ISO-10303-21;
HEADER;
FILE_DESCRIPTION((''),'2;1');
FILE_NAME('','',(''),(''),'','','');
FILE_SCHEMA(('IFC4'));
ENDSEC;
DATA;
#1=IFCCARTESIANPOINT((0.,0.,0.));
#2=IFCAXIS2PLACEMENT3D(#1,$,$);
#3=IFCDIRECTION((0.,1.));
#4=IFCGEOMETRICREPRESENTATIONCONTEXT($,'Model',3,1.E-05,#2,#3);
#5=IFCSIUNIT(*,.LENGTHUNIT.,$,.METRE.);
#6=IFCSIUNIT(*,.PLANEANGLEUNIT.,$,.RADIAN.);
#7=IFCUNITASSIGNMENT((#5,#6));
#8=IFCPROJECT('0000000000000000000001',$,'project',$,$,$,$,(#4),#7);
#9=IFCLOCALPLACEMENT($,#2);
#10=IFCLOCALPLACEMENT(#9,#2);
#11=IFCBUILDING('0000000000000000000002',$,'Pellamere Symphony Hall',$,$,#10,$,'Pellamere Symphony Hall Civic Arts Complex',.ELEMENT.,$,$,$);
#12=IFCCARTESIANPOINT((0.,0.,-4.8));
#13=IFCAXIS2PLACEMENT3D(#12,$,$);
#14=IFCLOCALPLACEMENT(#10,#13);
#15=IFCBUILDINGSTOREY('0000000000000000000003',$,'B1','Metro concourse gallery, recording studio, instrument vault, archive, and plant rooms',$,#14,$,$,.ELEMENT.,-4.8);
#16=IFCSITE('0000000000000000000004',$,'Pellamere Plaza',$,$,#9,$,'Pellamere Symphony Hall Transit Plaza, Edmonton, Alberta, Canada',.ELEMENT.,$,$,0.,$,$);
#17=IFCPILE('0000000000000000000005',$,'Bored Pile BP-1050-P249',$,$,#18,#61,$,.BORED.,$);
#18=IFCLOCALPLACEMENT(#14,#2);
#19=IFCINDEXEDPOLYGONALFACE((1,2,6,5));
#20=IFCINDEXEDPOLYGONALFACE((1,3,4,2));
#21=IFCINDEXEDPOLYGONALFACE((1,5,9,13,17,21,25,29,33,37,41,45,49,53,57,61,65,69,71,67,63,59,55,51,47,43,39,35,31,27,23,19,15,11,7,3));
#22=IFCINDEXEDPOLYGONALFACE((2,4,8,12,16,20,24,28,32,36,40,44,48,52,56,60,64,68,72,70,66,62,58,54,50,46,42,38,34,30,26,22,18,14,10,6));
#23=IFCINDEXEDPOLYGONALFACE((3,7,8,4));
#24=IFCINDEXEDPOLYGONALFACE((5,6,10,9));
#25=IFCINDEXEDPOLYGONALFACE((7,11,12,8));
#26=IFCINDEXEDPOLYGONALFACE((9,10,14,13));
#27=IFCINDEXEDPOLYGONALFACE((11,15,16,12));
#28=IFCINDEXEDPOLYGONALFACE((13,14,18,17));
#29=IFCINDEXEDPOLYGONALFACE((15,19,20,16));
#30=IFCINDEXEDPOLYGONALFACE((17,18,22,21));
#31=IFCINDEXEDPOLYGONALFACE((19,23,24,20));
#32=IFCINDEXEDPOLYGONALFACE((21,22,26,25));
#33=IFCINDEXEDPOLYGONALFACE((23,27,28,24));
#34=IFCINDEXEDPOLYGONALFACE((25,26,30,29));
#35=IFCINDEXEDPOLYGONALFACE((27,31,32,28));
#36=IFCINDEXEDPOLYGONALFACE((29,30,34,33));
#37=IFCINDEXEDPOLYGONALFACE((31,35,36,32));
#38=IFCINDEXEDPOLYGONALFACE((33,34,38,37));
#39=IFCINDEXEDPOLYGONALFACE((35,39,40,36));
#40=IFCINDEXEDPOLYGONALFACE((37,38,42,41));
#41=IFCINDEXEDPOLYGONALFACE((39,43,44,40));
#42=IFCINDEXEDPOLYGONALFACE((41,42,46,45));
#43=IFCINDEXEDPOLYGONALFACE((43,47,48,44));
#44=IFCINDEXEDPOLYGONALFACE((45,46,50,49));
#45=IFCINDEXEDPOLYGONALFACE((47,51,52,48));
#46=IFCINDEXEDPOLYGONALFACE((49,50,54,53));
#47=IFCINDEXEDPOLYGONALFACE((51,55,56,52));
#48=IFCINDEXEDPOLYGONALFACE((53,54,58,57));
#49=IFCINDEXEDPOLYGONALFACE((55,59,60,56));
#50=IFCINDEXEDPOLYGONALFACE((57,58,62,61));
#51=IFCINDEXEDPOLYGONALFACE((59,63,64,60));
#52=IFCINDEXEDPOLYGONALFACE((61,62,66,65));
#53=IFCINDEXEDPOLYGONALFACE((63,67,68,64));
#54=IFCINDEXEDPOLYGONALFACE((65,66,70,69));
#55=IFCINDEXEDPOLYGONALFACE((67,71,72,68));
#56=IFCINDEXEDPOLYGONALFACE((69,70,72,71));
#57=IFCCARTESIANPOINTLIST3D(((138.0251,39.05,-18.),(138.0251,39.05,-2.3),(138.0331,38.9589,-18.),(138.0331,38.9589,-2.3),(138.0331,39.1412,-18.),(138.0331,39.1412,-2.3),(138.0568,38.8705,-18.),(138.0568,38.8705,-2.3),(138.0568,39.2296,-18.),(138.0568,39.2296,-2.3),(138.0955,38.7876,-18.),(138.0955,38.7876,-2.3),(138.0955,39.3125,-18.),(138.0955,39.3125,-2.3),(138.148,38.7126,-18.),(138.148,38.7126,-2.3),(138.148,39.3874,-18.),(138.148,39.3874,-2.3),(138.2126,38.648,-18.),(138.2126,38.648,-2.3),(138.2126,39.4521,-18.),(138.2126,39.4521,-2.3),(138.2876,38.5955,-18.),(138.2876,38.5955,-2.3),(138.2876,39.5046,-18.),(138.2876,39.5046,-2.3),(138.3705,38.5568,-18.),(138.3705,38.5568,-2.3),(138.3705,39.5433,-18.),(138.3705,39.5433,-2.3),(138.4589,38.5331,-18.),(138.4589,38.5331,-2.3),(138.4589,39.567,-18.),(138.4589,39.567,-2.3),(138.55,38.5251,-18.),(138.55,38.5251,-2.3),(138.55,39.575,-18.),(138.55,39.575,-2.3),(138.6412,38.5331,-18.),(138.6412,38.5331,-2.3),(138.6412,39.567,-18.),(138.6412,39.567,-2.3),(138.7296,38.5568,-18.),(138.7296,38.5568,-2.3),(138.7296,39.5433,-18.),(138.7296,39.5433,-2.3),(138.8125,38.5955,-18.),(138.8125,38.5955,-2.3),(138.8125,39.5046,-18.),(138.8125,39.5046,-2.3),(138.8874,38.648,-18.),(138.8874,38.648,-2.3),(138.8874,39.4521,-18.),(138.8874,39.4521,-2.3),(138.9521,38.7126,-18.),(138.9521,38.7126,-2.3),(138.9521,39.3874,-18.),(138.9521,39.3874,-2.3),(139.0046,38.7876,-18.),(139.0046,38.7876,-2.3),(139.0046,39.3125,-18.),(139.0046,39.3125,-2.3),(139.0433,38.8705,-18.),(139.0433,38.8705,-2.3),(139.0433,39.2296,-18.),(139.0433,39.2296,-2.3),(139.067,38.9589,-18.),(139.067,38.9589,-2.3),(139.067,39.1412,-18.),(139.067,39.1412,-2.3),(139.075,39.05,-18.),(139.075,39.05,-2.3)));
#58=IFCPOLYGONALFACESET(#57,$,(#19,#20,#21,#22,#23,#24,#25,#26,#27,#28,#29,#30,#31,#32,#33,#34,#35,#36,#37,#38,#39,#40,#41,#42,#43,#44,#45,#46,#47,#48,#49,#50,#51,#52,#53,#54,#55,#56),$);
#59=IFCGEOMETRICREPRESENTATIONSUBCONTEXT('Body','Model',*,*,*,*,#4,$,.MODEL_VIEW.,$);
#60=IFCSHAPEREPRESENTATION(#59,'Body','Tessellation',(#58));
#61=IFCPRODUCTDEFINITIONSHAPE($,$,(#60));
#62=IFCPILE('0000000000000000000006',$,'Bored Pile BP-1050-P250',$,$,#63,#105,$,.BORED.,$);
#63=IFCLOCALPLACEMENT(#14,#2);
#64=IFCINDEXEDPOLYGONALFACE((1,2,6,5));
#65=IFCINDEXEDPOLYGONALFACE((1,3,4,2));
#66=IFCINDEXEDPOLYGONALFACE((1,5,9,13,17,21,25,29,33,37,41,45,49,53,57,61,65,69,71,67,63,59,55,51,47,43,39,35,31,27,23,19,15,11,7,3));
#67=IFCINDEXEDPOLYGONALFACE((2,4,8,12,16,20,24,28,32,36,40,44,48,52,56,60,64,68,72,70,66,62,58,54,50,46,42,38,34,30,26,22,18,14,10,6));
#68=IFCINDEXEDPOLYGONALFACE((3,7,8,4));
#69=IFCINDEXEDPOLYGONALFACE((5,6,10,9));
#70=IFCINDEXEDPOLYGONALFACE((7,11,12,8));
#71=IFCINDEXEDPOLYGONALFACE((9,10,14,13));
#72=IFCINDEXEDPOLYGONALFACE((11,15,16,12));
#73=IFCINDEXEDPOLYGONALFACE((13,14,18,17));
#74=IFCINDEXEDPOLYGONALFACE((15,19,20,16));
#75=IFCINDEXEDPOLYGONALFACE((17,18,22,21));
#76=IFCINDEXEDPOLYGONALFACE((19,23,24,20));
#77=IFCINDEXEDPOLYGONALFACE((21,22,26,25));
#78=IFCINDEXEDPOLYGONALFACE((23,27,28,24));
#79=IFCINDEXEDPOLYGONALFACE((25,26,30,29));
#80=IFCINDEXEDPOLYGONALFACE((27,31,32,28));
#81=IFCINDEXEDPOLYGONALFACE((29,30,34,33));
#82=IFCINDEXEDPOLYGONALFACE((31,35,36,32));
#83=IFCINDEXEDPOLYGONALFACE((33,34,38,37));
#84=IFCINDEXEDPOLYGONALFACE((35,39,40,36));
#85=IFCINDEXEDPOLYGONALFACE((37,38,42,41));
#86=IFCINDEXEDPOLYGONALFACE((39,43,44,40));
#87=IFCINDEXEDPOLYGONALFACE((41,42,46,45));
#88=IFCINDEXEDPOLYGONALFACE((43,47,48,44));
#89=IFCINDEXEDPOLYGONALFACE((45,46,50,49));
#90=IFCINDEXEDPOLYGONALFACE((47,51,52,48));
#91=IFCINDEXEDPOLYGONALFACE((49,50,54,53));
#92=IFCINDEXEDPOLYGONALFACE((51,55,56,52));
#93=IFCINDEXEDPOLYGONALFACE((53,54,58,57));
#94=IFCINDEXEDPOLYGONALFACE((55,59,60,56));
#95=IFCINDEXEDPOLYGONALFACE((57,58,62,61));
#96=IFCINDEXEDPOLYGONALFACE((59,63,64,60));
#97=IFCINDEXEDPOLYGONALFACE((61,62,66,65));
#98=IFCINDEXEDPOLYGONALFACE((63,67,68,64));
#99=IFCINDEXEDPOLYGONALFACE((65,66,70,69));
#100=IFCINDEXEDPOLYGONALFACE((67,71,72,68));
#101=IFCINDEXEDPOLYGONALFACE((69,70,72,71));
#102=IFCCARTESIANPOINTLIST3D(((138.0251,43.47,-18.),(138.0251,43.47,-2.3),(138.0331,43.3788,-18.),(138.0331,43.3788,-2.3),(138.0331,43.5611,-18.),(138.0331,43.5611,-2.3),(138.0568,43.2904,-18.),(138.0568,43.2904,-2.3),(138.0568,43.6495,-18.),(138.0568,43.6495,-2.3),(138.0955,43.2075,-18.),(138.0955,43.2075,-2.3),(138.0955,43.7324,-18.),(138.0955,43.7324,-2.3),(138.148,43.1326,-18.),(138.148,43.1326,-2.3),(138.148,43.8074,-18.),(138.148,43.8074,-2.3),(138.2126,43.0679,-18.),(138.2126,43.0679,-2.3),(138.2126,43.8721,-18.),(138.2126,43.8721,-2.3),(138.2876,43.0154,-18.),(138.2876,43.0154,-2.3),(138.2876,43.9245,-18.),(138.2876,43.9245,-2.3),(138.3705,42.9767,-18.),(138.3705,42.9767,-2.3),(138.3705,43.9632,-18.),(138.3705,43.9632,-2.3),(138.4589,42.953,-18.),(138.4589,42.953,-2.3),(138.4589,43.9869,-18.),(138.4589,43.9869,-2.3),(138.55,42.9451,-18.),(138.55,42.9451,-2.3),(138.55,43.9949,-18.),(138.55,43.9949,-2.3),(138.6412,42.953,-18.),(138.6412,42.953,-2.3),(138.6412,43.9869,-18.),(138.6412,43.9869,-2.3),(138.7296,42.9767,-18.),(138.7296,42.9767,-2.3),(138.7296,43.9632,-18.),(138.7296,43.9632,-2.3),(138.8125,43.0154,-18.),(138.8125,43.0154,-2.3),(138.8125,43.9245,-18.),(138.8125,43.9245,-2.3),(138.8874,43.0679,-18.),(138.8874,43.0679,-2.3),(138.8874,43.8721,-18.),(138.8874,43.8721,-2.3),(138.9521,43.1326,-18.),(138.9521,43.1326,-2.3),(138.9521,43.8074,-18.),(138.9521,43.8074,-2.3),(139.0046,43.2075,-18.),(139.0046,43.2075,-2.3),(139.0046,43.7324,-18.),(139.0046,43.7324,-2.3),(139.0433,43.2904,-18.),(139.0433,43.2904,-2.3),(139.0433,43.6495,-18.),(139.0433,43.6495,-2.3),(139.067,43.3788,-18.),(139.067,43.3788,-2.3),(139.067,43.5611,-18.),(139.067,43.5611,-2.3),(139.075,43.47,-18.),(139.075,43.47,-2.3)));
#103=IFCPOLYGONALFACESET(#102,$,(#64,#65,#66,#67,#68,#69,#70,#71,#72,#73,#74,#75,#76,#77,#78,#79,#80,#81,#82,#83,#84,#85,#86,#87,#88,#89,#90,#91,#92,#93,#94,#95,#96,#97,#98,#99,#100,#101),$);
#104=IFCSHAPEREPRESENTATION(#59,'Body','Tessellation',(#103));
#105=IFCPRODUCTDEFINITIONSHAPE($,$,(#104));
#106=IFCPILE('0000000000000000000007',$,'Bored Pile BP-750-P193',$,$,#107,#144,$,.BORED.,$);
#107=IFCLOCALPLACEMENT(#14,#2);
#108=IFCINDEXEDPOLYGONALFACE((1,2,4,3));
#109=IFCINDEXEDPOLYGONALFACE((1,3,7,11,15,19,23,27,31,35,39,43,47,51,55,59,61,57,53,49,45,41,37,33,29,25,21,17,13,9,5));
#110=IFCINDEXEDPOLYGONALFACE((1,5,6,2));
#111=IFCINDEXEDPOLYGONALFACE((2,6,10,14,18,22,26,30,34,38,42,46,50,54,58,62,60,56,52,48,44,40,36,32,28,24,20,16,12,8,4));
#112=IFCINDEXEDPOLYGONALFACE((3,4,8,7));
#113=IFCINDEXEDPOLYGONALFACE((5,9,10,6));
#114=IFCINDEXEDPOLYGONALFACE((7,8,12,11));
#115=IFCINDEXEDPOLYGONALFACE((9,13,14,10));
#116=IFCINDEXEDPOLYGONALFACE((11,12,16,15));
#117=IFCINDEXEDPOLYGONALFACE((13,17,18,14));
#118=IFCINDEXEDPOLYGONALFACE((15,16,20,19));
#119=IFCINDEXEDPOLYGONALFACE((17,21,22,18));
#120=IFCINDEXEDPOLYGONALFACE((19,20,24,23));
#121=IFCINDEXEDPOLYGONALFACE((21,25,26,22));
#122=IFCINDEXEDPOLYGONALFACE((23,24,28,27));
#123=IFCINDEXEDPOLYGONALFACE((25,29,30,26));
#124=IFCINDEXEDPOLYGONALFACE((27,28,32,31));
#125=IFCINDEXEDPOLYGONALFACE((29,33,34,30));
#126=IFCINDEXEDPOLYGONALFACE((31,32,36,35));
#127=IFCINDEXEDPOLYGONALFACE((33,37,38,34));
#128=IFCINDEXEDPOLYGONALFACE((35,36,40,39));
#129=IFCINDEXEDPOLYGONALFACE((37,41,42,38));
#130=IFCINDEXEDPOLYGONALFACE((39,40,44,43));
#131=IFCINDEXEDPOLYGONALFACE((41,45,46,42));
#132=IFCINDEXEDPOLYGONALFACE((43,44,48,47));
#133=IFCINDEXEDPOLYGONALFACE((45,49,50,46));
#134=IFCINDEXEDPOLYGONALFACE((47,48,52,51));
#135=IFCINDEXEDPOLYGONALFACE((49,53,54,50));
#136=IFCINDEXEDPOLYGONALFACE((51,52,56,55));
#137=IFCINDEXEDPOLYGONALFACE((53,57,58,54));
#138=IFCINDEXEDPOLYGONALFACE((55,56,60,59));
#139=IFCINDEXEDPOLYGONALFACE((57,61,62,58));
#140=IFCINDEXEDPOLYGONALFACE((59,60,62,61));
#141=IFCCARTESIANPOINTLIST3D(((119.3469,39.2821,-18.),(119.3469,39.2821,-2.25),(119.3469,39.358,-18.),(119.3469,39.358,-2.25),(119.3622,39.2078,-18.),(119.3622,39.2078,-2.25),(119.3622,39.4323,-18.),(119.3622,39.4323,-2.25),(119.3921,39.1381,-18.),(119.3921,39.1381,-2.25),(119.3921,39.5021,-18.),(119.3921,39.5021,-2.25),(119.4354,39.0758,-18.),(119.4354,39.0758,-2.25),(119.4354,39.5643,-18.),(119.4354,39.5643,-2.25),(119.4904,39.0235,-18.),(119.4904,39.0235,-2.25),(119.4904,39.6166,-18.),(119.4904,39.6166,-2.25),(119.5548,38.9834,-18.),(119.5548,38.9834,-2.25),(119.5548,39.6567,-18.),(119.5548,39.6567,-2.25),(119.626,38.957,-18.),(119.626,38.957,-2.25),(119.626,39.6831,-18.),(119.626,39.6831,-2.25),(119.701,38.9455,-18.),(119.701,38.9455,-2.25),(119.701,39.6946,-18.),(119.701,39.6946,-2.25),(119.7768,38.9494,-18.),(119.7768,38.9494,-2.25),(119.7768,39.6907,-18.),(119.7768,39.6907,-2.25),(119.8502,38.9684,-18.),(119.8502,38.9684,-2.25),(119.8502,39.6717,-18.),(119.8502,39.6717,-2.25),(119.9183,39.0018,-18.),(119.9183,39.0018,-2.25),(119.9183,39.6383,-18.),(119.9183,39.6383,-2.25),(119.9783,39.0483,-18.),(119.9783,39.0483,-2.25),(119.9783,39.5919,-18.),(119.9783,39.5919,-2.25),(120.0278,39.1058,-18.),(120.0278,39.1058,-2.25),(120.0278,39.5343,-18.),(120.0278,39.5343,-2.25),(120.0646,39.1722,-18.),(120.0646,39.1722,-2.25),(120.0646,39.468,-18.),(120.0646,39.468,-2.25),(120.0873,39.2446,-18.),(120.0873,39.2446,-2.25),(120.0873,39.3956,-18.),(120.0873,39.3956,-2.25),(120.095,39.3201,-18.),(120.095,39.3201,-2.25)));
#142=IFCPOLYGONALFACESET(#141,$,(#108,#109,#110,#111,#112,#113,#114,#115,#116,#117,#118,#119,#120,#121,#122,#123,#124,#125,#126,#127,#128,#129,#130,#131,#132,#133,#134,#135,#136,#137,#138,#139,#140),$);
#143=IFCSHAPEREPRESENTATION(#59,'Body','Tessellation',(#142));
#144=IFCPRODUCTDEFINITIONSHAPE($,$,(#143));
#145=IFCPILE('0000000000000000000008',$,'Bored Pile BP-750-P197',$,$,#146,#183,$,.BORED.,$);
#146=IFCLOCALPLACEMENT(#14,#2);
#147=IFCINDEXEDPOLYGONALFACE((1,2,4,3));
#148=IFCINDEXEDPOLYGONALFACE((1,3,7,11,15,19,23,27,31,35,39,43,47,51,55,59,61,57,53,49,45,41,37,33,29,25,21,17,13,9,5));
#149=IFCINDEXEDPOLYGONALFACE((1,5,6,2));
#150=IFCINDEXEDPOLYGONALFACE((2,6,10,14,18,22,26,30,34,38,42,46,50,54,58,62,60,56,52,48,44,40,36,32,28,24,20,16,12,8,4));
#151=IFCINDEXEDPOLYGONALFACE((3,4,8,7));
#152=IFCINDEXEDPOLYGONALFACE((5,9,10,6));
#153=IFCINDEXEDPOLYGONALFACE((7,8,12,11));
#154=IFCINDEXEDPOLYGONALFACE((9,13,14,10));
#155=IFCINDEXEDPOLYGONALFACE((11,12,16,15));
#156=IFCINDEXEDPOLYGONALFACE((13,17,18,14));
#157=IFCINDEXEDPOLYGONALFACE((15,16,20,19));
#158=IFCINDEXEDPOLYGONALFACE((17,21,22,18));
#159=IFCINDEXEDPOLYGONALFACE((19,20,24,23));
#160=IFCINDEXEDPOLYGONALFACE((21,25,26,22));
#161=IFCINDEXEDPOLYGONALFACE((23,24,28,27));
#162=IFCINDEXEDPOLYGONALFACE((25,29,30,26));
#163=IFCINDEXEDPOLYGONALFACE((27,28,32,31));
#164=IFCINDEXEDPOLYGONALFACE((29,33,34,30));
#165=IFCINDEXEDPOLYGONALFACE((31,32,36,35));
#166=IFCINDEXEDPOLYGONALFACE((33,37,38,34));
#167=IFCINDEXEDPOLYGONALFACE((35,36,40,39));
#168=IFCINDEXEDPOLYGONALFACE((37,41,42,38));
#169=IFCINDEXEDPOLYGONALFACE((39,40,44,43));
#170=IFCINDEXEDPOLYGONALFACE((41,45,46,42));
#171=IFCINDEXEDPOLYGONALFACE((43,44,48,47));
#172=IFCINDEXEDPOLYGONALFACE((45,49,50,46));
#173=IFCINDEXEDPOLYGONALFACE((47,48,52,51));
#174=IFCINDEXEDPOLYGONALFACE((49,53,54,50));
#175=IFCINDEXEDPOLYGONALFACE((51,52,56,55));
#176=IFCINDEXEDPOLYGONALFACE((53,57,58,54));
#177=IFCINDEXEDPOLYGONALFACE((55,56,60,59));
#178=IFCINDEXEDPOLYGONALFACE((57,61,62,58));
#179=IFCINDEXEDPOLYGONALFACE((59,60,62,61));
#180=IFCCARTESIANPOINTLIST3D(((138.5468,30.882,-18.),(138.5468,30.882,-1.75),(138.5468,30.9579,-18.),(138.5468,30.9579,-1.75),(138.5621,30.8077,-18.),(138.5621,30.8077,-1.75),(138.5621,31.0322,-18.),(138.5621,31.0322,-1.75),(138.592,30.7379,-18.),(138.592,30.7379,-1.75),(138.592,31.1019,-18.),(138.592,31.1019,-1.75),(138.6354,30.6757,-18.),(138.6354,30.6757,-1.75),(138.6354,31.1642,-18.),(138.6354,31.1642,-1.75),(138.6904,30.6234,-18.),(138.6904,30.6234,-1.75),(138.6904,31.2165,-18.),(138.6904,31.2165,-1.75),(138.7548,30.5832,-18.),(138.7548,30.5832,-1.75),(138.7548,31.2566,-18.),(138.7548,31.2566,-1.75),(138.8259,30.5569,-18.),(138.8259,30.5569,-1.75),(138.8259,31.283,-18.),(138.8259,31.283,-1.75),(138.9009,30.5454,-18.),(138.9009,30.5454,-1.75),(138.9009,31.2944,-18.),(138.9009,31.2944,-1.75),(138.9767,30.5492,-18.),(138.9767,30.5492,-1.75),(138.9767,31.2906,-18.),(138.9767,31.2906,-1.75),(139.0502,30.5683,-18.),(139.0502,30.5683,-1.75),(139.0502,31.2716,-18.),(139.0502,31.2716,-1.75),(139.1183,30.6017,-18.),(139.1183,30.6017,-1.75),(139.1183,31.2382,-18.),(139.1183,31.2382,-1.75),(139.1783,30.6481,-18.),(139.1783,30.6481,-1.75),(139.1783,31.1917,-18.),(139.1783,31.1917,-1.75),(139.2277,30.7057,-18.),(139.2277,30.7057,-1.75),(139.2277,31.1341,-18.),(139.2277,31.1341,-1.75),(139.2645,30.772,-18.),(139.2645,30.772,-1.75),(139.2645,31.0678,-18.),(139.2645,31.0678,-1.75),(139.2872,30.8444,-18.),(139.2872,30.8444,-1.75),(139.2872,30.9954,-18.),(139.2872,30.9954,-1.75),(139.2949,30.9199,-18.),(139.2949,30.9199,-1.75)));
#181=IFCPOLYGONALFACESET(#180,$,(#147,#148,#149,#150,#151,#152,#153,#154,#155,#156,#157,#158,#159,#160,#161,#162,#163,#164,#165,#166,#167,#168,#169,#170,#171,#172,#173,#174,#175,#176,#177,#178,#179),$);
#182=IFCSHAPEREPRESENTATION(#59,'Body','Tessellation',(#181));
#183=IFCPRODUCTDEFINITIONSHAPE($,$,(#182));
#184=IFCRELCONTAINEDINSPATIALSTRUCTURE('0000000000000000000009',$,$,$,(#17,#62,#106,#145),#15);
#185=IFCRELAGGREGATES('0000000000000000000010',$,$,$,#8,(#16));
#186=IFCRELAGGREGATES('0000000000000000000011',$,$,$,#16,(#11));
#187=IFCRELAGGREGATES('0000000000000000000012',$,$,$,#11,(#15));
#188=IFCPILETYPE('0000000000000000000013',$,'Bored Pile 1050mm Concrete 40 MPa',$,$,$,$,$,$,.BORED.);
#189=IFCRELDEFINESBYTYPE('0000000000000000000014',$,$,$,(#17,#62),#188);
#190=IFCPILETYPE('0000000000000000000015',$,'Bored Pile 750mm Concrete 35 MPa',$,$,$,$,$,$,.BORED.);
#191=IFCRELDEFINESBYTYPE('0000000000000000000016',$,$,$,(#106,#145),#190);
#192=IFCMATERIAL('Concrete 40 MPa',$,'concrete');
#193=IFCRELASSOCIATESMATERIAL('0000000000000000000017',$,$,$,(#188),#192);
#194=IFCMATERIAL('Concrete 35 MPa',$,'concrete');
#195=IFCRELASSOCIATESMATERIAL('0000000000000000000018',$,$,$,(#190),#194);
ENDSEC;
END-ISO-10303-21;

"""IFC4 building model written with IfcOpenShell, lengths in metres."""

from ifc_helpers import new_model, si_unit, direction, frame, origin, origin_2d, place, context, subcontext, project, spatial, circle, extrude, material, material_profile, profile_set, type_object, element, save


model = new_model("IFC4")

# Units and contexts
model_context = context("Model", 3, precision=1e-05, world=origin(), true_north=direction((0.0, 1.0)))
body_context = subcontext(model_context, "Body", "Model", "MODEL_VIEW")
ifc_project = project(units=[si_unit("LENGTHUNIT", "METRE"), si_unit("PLANEANGLEUNIT", "RADIAN")], contexts=[model_context])

# Site, building, storey
site_placement = place(None, origin())
site = spatial("IfcSite", under=ifc_project, at=site_placement, Name="Pellamere Plaza", LongName="Pellamere Symphony Hall Transit Plaza, Edmonton, Alberta, Canada", CompositionType="ELEMENT", RefElevation=0.0)
building_placement = place(site_placement, origin())
building = spatial("IfcBuilding", under=site, at=building_placement, Name="Pellamere Symphony Hall", LongName="Pellamere Symphony Hall Civic Arts Complex", CompositionType="ELEMENT")
storey_placement = place(building_placement, frame((0.0, 0.0, -4.8)))
storey = spatial("IfcBuildingStorey", under=building, at=storey_placement, Name="B1", Description="Metro concourse gallery, recording studio, instrument vault, archive, and plant rooms", CompositionType="ELEMENT", Elevation=-4.8)

# Piles
ifc_material_1 = material(Name="Concrete 40 MPa", Category="concrete")
ifc_material_profile_1 = material_profile(ifc_material_1, circle(Radius=0.5249, at=origin_2d()), Name="PILE D1050")
ifc_profile_set_1 = profile_set([ifc_material_profile_1], Name="Concrete 40 MPa")
pile_type_1 = type_object("IfcPileType", Name="Bored Pile 1050mm Concrete 40 MPa", PredefinedType="BORED", material=ifc_profile_set_1)
for number, where, z_axis, x_axis, name in (
    (1, (138.55, 39.05, -2.3), (0.0, 0.0, -1.0), (1.0, 0.0, 0.0), "Bored Pile BP-1050-P249"),
    (2, (138.55, 43.47, -2.3), (0.0, 0.0, -1.0), (1.0, 0.0, 0.0), "Bored Pile BP-1050-P250"),
):
    element("IfcPile", number, at=place(storey_placement, frame(where, z_axis=z_axis, x_axis=x_axis)), inside=storey, type_object=pile_type_1, Name=name, PredefinedType="BORED", context=body_context, shape_type="SweptSolid", body=[
        extrude(circle(Radius=0.5249, at=origin_2d()), origin(), (0.0, 0.0, 1.0), 15.7),
    ])
ifc_material_2 = material(Name="Concrete 35 MPa", Category="concrete")
ifc_material_profile_2 = material_profile(ifc_material_2, circle(Radius=0.375, at=origin_2d()), Name="PILE D750")
ifc_profile_set_2 = profile_set([ifc_material_profile_2], Name="Concrete 35 MPa")
pile_type_2 = type_object("IfcPileType", Name="Bored Pile 750mm Concrete 35 MPa", PredefinedType="BORED", material=ifc_profile_set_2)
pile_1_placement = place(storey_placement, frame((119.72, 39.3201, -2.25), z_axis=(0.0, 0.0, -1.0), x_axis=(1.0, 0.0, 0.0)))
element("IfcPile", 3, at=pile_1_placement, inside=storey, type_object=pile_type_2, Name="Bored Pile BP-750-P193", PredefinedType="BORED", context=body_context, shape_type="SweptSolid", body=[
    extrude(circle(Radius=0.375, at=origin_2d()), origin(), (0.0, 0.0, 1.0), 15.75),
])
for number, where, z_axis, x_axis, name in (
    (4, (138.9199, 30.9199, -1.75), (0.0, 0.0, -1.0), (1.0, 0.0, 0.0), "Bored Pile BP-750-P197"),
):
    element("IfcPile", number, at=place(storey_placement, frame(where, z_axis=z_axis, x_axis=x_axis)), inside=storey, type_object=pile_type_2, Name=name, PredefinedType="BORED", context=body_context, shape_type="SweptSolid", body=[
        extrude(circle(Radius=0.375, at=origin_2d()), origin(), (0.0, 0.0, 1.0), 16.25),
    ])

save(model, "model.ifc")
